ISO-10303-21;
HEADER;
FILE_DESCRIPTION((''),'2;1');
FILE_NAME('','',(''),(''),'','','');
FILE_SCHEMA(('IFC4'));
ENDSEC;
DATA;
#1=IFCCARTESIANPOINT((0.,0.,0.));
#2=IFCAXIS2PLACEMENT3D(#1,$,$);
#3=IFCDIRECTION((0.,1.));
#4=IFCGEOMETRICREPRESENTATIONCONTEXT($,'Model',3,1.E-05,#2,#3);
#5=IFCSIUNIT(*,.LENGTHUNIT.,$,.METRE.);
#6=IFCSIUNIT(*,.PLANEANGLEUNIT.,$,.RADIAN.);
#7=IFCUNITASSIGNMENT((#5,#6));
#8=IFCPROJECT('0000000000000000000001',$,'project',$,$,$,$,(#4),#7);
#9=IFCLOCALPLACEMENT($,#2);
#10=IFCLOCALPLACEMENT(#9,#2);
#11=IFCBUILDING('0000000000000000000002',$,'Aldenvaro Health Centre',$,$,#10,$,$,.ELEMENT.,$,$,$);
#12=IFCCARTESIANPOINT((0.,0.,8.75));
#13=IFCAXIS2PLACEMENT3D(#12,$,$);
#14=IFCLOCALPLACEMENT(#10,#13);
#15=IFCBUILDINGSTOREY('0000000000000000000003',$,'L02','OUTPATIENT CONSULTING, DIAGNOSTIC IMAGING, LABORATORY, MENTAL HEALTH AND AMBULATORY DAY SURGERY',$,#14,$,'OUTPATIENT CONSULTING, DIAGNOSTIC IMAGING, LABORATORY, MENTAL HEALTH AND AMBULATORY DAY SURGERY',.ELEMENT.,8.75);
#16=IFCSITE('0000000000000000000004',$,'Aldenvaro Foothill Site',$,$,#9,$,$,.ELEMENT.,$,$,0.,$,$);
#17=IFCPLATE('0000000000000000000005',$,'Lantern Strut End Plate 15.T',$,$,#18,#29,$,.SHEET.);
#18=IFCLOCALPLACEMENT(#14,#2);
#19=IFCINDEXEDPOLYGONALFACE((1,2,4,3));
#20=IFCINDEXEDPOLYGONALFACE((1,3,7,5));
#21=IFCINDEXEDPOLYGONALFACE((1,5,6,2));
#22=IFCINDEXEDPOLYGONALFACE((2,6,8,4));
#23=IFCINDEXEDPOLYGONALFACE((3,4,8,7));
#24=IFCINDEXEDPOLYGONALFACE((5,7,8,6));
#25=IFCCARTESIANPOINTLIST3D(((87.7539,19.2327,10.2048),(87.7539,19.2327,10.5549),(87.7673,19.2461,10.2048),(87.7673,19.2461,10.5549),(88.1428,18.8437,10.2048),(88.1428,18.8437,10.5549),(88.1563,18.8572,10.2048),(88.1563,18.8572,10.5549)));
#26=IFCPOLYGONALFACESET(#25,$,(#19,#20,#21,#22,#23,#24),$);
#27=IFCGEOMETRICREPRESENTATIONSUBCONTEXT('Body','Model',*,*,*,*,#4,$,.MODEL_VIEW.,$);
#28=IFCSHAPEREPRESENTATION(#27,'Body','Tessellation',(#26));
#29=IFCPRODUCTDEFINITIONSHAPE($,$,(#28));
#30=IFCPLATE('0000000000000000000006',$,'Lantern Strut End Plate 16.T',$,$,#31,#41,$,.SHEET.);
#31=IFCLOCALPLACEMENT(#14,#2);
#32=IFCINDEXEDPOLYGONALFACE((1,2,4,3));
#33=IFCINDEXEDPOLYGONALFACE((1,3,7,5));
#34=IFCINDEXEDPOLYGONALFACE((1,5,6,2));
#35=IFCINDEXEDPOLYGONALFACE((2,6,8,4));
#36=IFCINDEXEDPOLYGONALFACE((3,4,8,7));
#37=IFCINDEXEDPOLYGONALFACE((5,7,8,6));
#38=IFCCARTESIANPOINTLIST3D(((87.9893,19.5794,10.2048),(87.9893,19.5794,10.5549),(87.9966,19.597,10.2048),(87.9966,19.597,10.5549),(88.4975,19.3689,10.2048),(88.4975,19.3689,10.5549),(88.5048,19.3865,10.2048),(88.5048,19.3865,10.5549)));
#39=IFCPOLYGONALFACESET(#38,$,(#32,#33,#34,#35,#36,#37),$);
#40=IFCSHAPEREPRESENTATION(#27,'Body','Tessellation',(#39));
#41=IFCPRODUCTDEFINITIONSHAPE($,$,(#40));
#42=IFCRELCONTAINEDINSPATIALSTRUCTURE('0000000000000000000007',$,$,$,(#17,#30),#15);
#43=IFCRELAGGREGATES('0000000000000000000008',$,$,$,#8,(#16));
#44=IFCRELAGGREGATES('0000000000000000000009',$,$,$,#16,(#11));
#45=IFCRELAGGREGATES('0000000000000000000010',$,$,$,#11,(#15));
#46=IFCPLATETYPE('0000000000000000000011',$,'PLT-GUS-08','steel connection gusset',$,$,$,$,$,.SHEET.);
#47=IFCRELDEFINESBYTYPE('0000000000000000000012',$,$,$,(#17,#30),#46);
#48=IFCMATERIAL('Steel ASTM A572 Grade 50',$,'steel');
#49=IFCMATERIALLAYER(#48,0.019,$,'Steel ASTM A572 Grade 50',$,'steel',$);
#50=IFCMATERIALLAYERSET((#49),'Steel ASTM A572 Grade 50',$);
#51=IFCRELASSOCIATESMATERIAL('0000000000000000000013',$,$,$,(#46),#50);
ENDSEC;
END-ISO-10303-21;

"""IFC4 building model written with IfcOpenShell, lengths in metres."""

from ifc_helpers import new_model, si_unit, direction, frame, origin, origin_2d, place, context, subcontext, project, spatial, rectangle, extrude, material, layer, layer_set, type_object, element, save


model = new_model("IFC4")

# Units and contexts
model_context = context("Model", 3, precision=1e-05, world=origin(), true_north=direction((0.0, 1.0)))
body_context = subcontext(model_context, "Body", "Model", "MODEL_VIEW")
ifc_project = project(units=[si_unit("LENGTHUNIT", "METRE"), si_unit("PLANEANGLEUNIT", "RADIAN")], contexts=[model_context])

# Site, building, storey
site_placement = place(None, origin())
site = spatial("IfcSite", under=ifc_project, at=site_placement, Name="Aldenvaro Foothill Site", CompositionType="ELEMENT", RefElevation=0.0)
building_placement = place(site_placement, origin())
building = spatial("IfcBuilding", under=site, at=building_placement, Name="Aldenvaro Health Centre", CompositionType="ELEMENT")
storey_placement = place(building_placement, frame((0.0, 0.0, 8.75)))
storey = spatial("IfcBuildingStorey", under=building, at=storey_placement, Name="L02", Description="OUTPATIENT CONSULTING, DIAGNOSTIC IMAGING, LABORATORY, MENTAL HEALTH AND AMBULATORY DAY SURGERY", LongName="OUTPATIENT CONSULTING, DIAGNOSTIC IMAGING, LABORATORY, MENTAL HEALTH AND AMBULATORY DAY SURGERY", CompositionType="ELEMENT", Elevation=8.75)

# Plates
ifc_material_1 = material(Name="Steel ASTM A572 Grade 50", Category="steel")
ifc_layer_1 = layer(ifc_material_1, 0.019, Name="Steel ASTM A572 Grade 50", Category="steel")
ifc_layer_set_1 = layer_set([ifc_layer_1], Name="Steel ASTM A572 Grade 50")
plate_type_1 = type_object("IfcPlateType", Name="PLT-GUS-08", Description="steel connection gusset", PredefinedType="SHEET", material=ifc_layer_set_1)
for number, where, z_axis, x_axis, name in (
    (1, (87.9551, 19.0449, 10.2048), (0.0, 0.0, 1.0), (0.707107, -0.707107, 0.0), "Lantern Strut End Plate 15.T"),
    (2, (88.2471, 19.4829, 10.2048), (0.0, 0.0, 1.0), (0.92388, -0.382683, 0.0), "Lantern Strut End Plate 16.T"),
):
    element("IfcPlate", number, at=place(storey_placement, frame(where, z_axis=z_axis, x_axis=x_axis)), inside=storey, type_object=plate_type_1, Name=name, PredefinedType="SHEET", context=body_context, shape_type="SweptSolid", body=[
        extrude(rectangle(XDim=0.55, YDim=0.019, at=origin_2d()), origin(), (0.0, 0.0, 1.0), 0.3501),
    ])

save(model, "model.ifc")
